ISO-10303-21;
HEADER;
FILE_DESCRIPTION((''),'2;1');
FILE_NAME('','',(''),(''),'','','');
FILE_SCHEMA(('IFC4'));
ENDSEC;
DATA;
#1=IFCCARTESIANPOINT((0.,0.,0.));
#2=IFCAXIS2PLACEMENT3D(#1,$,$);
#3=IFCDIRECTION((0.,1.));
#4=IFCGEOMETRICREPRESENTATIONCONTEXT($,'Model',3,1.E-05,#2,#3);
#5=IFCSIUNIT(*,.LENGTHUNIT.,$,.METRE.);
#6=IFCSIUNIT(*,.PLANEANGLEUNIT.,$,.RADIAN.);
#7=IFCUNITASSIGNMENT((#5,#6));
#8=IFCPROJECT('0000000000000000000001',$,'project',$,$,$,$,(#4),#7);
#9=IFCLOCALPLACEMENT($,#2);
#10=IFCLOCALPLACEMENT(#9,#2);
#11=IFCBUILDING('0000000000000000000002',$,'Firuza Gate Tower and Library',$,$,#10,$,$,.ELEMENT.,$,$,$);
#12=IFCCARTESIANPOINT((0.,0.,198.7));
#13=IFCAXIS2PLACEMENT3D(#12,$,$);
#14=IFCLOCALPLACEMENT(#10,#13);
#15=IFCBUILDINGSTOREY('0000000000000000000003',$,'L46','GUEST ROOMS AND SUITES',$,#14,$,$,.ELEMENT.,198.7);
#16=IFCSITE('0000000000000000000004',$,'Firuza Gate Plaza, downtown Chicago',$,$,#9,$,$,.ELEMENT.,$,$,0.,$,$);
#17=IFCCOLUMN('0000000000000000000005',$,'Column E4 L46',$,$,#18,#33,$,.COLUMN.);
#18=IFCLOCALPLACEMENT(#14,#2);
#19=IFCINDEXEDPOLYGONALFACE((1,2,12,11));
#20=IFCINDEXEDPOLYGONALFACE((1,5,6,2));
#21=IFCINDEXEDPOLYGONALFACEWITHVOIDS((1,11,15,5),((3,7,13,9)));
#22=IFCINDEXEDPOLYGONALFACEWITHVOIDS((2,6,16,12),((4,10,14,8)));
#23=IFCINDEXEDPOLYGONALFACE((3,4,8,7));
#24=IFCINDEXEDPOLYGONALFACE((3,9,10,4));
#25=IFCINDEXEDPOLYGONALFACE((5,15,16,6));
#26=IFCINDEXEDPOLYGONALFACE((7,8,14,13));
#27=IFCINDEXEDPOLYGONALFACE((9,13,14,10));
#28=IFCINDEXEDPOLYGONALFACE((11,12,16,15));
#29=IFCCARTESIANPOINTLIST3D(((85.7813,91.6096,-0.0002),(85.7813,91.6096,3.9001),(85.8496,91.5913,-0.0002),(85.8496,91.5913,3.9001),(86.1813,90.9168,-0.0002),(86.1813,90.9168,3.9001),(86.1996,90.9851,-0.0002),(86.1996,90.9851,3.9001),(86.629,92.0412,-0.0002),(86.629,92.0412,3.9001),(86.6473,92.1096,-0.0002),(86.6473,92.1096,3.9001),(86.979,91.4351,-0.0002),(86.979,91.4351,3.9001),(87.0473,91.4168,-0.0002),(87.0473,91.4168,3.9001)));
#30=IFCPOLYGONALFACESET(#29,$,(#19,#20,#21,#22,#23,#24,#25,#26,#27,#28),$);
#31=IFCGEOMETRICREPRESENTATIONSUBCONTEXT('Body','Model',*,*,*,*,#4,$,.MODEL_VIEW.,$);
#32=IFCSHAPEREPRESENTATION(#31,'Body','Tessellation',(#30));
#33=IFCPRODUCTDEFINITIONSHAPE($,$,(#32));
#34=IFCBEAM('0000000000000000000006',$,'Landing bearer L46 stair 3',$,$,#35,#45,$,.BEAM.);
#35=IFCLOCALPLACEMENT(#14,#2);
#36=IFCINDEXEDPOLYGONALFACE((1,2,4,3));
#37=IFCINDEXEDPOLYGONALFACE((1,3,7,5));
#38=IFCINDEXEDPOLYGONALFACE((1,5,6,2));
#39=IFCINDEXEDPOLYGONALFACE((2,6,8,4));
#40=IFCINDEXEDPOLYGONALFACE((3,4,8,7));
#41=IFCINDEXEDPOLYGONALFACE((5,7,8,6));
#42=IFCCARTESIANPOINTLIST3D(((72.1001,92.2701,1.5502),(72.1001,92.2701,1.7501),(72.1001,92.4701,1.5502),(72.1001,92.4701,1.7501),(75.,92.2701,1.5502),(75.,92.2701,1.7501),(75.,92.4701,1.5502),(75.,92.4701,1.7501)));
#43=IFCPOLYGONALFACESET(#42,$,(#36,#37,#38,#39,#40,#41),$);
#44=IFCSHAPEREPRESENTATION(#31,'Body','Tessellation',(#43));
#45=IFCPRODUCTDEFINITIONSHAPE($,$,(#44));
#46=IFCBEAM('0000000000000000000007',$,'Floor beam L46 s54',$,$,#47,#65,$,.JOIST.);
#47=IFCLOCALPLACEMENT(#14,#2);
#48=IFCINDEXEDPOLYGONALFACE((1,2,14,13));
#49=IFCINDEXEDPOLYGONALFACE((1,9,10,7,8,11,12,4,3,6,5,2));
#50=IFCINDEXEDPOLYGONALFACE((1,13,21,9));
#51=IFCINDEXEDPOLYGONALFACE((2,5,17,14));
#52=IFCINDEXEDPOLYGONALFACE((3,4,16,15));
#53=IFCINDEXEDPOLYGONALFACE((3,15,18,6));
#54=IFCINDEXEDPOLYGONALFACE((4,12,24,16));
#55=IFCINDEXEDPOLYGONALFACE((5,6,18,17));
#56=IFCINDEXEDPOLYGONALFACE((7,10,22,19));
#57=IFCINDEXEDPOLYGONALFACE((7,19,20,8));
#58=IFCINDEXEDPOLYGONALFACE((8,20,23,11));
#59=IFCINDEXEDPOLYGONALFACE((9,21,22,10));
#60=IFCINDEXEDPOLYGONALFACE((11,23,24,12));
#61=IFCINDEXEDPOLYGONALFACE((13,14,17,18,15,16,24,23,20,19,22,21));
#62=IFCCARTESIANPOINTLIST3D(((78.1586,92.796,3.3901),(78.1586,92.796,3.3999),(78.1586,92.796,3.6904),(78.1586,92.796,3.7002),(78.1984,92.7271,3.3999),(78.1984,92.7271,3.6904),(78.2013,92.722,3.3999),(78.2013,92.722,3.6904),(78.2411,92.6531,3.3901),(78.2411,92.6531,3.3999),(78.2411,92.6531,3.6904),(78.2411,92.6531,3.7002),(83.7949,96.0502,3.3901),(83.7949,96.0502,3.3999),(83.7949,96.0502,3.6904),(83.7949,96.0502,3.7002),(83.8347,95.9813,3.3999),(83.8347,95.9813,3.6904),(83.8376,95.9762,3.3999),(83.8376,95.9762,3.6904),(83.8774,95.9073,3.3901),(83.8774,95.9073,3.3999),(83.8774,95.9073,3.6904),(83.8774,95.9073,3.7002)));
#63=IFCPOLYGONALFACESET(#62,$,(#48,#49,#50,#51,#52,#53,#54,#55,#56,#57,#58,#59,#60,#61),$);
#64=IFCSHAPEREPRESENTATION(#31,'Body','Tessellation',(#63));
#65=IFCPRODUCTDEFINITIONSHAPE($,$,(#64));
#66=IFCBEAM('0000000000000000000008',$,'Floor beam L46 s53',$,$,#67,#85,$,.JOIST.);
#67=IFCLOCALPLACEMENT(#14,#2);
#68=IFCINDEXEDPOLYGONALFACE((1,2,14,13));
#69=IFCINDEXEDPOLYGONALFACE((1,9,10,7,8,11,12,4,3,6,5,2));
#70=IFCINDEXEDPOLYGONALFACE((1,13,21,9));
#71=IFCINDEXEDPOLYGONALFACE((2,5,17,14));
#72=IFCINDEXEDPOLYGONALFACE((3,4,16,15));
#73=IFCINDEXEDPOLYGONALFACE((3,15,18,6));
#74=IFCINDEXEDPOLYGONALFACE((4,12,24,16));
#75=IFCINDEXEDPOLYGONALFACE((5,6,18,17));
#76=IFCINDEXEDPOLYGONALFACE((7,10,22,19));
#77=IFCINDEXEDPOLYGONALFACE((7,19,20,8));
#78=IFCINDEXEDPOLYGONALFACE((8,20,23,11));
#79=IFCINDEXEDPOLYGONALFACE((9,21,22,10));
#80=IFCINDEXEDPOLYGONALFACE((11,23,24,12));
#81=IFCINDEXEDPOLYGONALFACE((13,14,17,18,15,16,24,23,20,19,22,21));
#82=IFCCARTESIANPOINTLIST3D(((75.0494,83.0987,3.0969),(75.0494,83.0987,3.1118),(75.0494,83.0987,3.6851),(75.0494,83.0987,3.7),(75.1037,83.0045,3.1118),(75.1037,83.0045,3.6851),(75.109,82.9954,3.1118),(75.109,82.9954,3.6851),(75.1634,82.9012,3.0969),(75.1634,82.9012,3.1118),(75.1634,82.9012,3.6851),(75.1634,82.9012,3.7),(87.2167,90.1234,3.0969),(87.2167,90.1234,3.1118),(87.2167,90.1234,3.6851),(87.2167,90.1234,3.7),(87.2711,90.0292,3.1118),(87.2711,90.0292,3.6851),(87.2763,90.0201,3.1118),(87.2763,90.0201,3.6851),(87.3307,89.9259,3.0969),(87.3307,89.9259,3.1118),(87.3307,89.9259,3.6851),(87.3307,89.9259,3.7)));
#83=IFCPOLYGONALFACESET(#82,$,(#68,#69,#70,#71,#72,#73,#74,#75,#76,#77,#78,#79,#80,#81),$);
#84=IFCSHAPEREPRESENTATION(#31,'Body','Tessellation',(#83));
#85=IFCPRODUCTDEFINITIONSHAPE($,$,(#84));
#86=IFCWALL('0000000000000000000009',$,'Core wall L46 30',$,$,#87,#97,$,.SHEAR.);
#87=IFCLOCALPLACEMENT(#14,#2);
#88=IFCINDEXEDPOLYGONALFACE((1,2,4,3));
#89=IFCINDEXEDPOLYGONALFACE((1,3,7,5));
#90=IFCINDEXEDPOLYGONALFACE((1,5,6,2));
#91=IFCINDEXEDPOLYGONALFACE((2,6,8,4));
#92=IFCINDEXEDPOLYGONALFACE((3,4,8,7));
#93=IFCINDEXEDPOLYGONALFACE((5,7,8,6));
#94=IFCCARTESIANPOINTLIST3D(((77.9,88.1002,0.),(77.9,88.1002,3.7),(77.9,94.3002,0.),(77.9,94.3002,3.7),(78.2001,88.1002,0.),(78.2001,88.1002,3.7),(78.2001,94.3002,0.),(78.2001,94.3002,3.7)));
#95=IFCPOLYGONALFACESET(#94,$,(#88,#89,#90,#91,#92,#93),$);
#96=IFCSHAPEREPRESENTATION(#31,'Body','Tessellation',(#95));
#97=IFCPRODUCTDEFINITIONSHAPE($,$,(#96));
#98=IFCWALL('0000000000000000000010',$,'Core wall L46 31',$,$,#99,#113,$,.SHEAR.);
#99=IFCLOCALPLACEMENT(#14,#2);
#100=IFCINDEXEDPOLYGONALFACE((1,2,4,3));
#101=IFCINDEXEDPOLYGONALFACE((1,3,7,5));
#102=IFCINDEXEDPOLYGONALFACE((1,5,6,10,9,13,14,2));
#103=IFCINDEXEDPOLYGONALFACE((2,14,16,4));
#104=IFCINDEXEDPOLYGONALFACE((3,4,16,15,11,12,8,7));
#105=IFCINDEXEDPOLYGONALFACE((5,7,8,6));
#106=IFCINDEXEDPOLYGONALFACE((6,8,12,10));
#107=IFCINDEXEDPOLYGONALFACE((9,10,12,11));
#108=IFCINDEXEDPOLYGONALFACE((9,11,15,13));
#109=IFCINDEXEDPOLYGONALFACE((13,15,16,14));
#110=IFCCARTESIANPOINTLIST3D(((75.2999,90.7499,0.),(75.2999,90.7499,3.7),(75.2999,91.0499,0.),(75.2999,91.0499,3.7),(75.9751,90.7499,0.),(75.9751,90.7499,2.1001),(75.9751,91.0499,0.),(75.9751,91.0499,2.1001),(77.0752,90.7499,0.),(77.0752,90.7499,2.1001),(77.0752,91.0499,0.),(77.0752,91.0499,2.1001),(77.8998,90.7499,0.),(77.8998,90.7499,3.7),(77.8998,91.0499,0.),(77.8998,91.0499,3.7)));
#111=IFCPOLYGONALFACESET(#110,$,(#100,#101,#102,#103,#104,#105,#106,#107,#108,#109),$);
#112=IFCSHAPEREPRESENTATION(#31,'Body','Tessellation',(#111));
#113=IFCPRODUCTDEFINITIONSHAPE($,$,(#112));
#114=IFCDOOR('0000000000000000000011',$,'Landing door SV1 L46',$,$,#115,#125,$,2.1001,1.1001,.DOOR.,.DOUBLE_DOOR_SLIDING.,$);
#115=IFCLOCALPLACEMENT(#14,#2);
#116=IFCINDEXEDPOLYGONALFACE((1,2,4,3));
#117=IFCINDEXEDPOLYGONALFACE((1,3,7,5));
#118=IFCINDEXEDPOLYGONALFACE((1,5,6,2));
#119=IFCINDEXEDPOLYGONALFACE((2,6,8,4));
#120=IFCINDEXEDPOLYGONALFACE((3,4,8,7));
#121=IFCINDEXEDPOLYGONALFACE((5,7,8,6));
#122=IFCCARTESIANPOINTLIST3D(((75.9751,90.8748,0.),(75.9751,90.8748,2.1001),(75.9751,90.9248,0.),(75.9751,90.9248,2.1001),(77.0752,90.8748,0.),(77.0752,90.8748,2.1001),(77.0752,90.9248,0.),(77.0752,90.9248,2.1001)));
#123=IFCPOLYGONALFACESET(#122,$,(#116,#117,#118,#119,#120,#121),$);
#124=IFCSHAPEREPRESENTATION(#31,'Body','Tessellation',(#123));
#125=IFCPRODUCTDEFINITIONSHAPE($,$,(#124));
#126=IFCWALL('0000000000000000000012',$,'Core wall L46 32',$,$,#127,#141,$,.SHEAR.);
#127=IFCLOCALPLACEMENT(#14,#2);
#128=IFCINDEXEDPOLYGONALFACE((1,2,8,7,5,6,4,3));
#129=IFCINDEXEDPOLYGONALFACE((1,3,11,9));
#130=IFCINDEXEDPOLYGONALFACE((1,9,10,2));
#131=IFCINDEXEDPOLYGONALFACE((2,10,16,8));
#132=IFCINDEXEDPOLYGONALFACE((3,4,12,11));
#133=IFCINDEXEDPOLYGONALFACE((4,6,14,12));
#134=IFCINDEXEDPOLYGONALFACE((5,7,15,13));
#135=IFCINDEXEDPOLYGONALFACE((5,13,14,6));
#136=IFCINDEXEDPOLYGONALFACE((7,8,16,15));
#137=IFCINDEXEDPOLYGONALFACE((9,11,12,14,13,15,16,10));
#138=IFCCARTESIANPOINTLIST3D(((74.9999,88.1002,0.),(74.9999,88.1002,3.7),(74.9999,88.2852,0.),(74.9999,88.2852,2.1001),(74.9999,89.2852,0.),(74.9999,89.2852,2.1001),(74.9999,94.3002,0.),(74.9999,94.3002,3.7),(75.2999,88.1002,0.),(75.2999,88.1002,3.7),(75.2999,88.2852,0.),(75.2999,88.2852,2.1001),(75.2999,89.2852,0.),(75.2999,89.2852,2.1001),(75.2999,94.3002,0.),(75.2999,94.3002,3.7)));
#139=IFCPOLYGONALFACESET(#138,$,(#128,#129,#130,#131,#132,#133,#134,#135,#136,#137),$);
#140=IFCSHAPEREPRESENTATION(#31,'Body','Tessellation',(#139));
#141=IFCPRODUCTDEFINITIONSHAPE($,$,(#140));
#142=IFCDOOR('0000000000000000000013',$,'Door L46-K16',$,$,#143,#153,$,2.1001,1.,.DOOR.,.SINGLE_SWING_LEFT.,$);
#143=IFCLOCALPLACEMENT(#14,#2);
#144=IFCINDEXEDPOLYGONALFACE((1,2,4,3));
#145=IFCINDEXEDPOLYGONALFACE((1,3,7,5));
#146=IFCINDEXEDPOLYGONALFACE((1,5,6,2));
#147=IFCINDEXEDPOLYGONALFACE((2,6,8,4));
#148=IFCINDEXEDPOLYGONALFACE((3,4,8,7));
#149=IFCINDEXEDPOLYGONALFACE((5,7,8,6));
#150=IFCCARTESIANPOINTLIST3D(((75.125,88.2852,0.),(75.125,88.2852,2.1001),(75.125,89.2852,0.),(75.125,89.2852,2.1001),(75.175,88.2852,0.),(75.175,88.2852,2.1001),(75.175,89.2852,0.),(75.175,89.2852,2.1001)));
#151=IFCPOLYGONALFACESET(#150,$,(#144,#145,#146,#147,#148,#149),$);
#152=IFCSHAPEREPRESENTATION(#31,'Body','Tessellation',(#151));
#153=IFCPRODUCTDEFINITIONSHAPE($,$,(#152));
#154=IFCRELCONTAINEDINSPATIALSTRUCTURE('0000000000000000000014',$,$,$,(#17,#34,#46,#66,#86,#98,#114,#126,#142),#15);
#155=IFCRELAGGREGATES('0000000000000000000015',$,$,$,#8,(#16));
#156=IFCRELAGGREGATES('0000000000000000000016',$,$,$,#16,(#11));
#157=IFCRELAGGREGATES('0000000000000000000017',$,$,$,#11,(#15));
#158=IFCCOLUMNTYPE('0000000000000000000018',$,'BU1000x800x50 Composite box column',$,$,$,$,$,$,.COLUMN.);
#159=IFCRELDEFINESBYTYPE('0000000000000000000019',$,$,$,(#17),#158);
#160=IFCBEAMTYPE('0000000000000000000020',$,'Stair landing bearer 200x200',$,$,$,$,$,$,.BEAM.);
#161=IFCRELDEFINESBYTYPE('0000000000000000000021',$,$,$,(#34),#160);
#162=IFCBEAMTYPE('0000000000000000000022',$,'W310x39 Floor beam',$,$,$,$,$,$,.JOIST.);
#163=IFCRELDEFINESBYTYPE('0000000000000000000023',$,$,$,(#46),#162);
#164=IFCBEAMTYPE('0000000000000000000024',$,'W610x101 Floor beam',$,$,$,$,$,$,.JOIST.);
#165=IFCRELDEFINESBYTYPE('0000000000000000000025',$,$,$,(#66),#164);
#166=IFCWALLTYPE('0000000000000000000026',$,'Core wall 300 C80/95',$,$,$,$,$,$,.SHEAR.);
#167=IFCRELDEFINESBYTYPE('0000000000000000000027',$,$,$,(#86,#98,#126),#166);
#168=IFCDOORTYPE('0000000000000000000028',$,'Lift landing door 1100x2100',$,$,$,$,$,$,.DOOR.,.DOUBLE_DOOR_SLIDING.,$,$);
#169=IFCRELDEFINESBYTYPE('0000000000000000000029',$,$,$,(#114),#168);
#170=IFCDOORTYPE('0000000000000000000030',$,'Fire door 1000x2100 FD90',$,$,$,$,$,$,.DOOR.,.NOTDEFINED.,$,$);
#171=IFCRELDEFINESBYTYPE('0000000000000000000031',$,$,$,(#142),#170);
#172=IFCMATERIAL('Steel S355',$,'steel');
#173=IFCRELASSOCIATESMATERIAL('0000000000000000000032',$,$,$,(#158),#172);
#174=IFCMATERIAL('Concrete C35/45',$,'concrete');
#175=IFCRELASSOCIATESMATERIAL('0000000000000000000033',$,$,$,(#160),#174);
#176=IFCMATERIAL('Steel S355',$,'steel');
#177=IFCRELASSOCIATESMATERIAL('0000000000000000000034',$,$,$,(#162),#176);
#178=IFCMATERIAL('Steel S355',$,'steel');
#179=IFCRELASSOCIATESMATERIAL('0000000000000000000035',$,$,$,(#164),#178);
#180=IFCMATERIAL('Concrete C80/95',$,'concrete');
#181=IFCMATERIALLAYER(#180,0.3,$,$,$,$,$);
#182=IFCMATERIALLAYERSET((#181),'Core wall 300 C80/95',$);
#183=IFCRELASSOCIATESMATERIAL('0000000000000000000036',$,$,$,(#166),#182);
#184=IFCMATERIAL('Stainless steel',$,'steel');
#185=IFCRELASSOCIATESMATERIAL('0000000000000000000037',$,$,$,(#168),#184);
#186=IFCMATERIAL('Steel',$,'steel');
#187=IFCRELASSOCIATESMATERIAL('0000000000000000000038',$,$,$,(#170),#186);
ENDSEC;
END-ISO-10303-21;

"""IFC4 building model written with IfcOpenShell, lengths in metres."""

from ifc_helpers import new_model, si_unit, direction, frame, frame_2d, origin, origin_2d, place, context, subcontext, project, spatial, rectangle, hollow_rectangle, i_section, extrude, material, layer, layer_set, material_profile, profile_set, type_object, element, fill, save


model = new_model("IFC4")

# Units and contexts
model_context = context("Model", 3, precision=1e-05, world=origin(), true_north=direction((0.0, 1.0)))
body_context = subcontext(model_context, "Body", "Model", "MODEL_VIEW")
ifc_project = project(units=[si_unit("LENGTHUNIT", "METRE"), si_unit("PLANEANGLEUNIT", "RADIAN")], contexts=[model_context])

# Site, building, storey
site_placement = place(None, origin())
site = spatial("IfcSite", under=ifc_project, at=site_placement, Name="Firuza Gate Plaza, downtown Chicago", CompositionType="ELEMENT", RefElevation=0.0)
building_placement = place(site_placement, origin())
building = spatial("IfcBuilding", under=site, at=building_placement, Name="Firuza Gate Tower and Library", CompositionType="ELEMENT")
storey_placement = place(building_placement, frame((0.0, 0.0, 198.7)))
storey = spatial("IfcBuildingStorey", under=building, at=storey_placement, Name="L46", Description="GUEST ROOMS AND SUITES", CompositionType="ELEMENT", Elevation=198.7)

# Column
ifc_material_1 = material(Name="Steel S355", Category="steel")
ifc_material_profile_1 = material_profile(ifc_material_1, hollow_rectangle(XDim=0.8, YDim=1.0, WallThickness=0.05, at=origin_2d()))
ifc_profile_set_1 = profile_set([ifc_material_profile_1], Name="Steel S355")
column_type = type_object("IfcColumnType", Name="BU1000x800x50 Composite box column", PredefinedType="COLUMN", material=ifc_profile_set_1)
column_placement = place(storey_placement, frame((86.4143, 91.5132, -0.0002), z_axis=(0.0, 0.0, 1.0), x_axis=(-0.5, 0.866025, 0.0)))
element("IfcColumn", 1, at=column_placement, inside=storey, type_object=column_type, Name="Column E4 L46", PredefinedType="COLUMN", context=body_context, shape_type="SweptSolid", body=[
    extrude(hollow_rectangle(XDim=0.8, YDim=1.0, WallThickness=0.05, at=origin_2d()), origin(), (0.0, 0.0, 1.0), 3.9004),
])

# Beams
ifc_material_2 = material(Name="Concrete C35/45", Category="concrete")
ifc_material_profile_2 = material_profile(ifc_material_2, rectangle(XDim=0.2, YDim=0.2, at=origin_2d()))
ifc_profile_set_2 = profile_set([ifc_material_profile_2], Name="Concrete C35/45")
beam_type_1 = type_object("IfcBeamType", Name="Stair landing bearer 200x200", PredefinedType="BEAM", material=ifc_profile_set_2)
beam_1_placement = place(storey_placement, frame((75.0, 92.3701, 1.6501), z_axis=(-1.0, 0.0, 0.0), x_axis=(0.0, -1.0, 0.0)))
element("IfcBeam", 2, at=beam_1_placement, inside=storey, type_object=beam_type_1, Name="Landing bearer L46 stair 3", PredefinedType="BEAM", context=body_context, shape_type="SweptSolid", body=[
    extrude(rectangle(XDim=0.2, YDim=0.2, at=origin_2d()), origin(), (0.0, 0.0, 1.0), 2.8999),
])
ifc_material_3 = material(Name="Steel S355", Category="steel")
ifc_material_profile_3 = material_profile(ifc_material_3, i_section(OverallWidth=0.165, OverallDepth=0.3101, WebThickness=0.0059, FlangeThickness=0.0098, at=origin_2d()))
ifc_profile_set_3 = profile_set([ifc_material_profile_3], Name="Steel S355")
beam_type_2 = type_object("IfcBeamType", Name="W310x39 Floor beam", PredefinedType="JOIST", material=ifc_profile_set_3)
beam_2_placement = place(storey_placement, frame((83.8362, 95.9788, 3.5452), z_axis=(-0.866021, -0.500008, 0.0), x_axis=(0.500008, -0.866021, 0.0)))
element("IfcBeam", 3, at=beam_2_placement, inside=storey, type_object=beam_type_2, Name="Floor beam L46 s54", PredefinedType="JOIST", context=body_context, shape_type="SweptSolid", body=[
    extrude(i_section(OverallWidth=0.165, OverallDepth=0.3101, WebThickness=0.0059, FlangeThickness=0.0098, at=origin_2d()), origin(), (0.0, 0.0, 1.0), 6.5083),
])
ifc_material_4 = material(Name="Steel S355", Category="steel")
ifc_material_profile_4 = material_profile(ifc_material_4, i_section(OverallWidth=0.228, OverallDepth=0.603, WebThickness=0.0105, FlangeThickness=0.0149, at=origin_2d()))
ifc_profile_set_4 = profile_set([ifc_material_profile_4], Name="Steel S355")
beam_type_3 = type_object("IfcBeamType", Name="W610x101 Floor beam", PredefinedType="JOIST", material=ifc_profile_set_4)
beam_3_placement = place(storey_placement, frame((87.2737, 90.0247, 3.3984), z_axis=(-0.866028, -0.499995, 0.0), x_axis=(0.499995, -0.866028, 0.0)))
element("IfcBeam", 4, at=beam_3_placement, inside=storey, type_object=beam_type_3, Name="Floor beam L46 s53", PredefinedType="JOIST", context=body_context, shape_type="SweptSolid", body=[
    extrude(i_section(OverallWidth=0.228, OverallDepth=0.603, WebThickness=0.0105, FlangeThickness=0.0149, at=origin_2d()), origin(), (0.0, 0.0, 1.0), 14.0496),
])

# Wall
ifc_material_5 = material(Name="Concrete C80/95", Category="concrete")
ifc_layer_1 = layer(ifc_material_5, 0.3)
ifc_layer_set_1 = layer_set([ifc_layer_1], Name="Core wall 300 C80/95")
wall_type_1 = type_object("IfcWallType", Name="Core wall 300 C80/95", PredefinedType="SHEAR", material=ifc_layer_set_1)
wall_1_placement = place(storey_placement, frame((78.05, 88.1001, 0.0), z_axis=(0.0, 0.0, 1.0), x_axis=(0.0, 1.0, 0.0)))
element("IfcWall", 5, at=wall_1_placement, inside=storey, type_object=wall_type_1, Name="Core wall L46 30", PredefinedType="SHEAR", context=body_context, shape_type="SweptSolid", body=[
    extrude(rectangle(XDim=6.2, YDim=0.3, at=frame_2d((3.1001, 0.0))), origin(), (0.0, 0.0, 1.0), 3.7),
])

# Walls, openings, doors
wall_2_placement = place(storey_placement, frame((75.3, 90.8999, 0.0), z_axis=(0.0, 0.0, 1.0), x_axis=(1.0, 0.0, 0.0)))
wall_2 = element("IfcWall", 6, at=wall_2_placement, inside=storey, type_object=wall_type_1, Name="Core wall L46 31", PredefinedType="SHEAR", context=body_context, shape_type="SweptSolid", body=[
    extrude(rectangle(XDim=2.5999, YDim=0.3, at=frame_2d((1.2998, 0.0))), origin(), (0.0, 0.0, 1.0), 3.7),
])
opening_1_placement = place(wall_2_placement, frame((0.675, 0.0, 0.0)))
opening_1 = element("IfcOpeningElement", 7, at=opening_1_placement, cuts=wall_2, PredefinedType="OPENING", context=body_context, shape_type="SweptSolid", body=[
    extrude(rectangle(XDim=1.1001, YDim=2.1001, at=frame_2d((0.55, 1.05))), frame((0.0, 0.1602, 0.0), z_axis=(0.0, -1.0, 0.0), x_axis=(1.0, 0.0, 0.0)), (0.0, 0.0, 1.0), 0.3201),
])
ifc_material_6 = material(Name="Stainless steel", Category="steel")
door_type_1 = type_object("IfcDoorType", Name="Lift landing door 1100x2100", OperationType="DOUBLE_DOOR_SLIDING", PredefinedType="DOOR", material=ifc_material_6)
door_1_placement = place(opening_1_placement, origin())
door_1 = element("IfcDoor", 8, at=door_1_placement, inside=storey, type_object=door_type_1, Name="Landing door SV1 L46", OperationType="DOUBLE_DOOR_SLIDING", OverallHeight=2.1001, OverallWidth=1.1001, PredefinedType="DOOR", context=body_context, shape_type="SweptSolid", body=[
    extrude(rectangle(XDim=1.1001, YDim=2.1001, at=frame_2d((0.55, 1.05))), frame((0.0, 0.0249, 0.0), z_axis=(0.0, -1.0, 0.0), x_axis=(1.0, 0.0, 0.0)), (0.0, 0.0, 1.0), 0.05),
])
fill(opening_1, door_1)
wall_3_placement = place(storey_placement, frame((75.1499, 88.1001, 0.0), z_axis=(0.0, 0.0, 1.0), x_axis=(0.0, 1.0, 0.0)))
wall_3 = element("IfcWall", 9, at=wall_3_placement, inside=storey, type_object=wall_type_1, Name="Core wall L46 32", PredefinedType="SHEAR", context=body_context, shape_type="SweptSolid", body=[
    extrude(rectangle(XDim=6.2, YDim=0.3, at=frame_2d((3.1001, 0.0))), origin(), (0.0, 0.0, 1.0), 3.7),
])
opening_2_placement = place(wall_3_placement, frame((0.1851, 0.0, 0.0)))
opening_2 = element("IfcOpeningElement", 10, at=opening_2_placement, cuts=wall_3, PredefinedType="OPENING", context=body_context, shape_type="SweptSolid", body=[
    extrude(rectangle(XDim=1.0, YDim=2.1001, at=frame_2d((0.5, 1.05))), frame((0.0, 0.1602, 0.0), z_axis=(0.0, -1.0, 0.0), x_axis=(1.0, 0.0, 0.0)), (0.0, 0.0, 1.0), 0.3201),
])
ifc_material_7 = material(Name="Steel", Category="steel")
door_type_2 = type_object("IfcDoorType", Name="Fire door 1000x2100 FD90", OperationType="NOTDEFINED", PredefinedType="DOOR", material=ifc_material_7)
door_2_placement = place(opening_2_placement, origin())
door_2 = element("IfcDoor", 11, at=door_2_placement, inside=storey, type_object=door_type_2, Name="Door L46-K16", OperationType="SINGLE_SWING_LEFT", OverallHeight=2.1001, OverallWidth=1.0, PredefinedType="DOOR", context=body_context, shape_type="SweptSolid", body=[
    extrude(rectangle(XDim=1.0, YDim=2.1001, at=frame_2d((0.5, 1.05))), frame((0.0, 0.0249, 0.0), z_axis=(0.0, -1.0, 0.0), x_axis=(1.0, 0.0, 0.0)), (0.0, 0.0, 1.0), 0.05),
])
fill(opening_2, door_2)

save(model, "model.ifc")
